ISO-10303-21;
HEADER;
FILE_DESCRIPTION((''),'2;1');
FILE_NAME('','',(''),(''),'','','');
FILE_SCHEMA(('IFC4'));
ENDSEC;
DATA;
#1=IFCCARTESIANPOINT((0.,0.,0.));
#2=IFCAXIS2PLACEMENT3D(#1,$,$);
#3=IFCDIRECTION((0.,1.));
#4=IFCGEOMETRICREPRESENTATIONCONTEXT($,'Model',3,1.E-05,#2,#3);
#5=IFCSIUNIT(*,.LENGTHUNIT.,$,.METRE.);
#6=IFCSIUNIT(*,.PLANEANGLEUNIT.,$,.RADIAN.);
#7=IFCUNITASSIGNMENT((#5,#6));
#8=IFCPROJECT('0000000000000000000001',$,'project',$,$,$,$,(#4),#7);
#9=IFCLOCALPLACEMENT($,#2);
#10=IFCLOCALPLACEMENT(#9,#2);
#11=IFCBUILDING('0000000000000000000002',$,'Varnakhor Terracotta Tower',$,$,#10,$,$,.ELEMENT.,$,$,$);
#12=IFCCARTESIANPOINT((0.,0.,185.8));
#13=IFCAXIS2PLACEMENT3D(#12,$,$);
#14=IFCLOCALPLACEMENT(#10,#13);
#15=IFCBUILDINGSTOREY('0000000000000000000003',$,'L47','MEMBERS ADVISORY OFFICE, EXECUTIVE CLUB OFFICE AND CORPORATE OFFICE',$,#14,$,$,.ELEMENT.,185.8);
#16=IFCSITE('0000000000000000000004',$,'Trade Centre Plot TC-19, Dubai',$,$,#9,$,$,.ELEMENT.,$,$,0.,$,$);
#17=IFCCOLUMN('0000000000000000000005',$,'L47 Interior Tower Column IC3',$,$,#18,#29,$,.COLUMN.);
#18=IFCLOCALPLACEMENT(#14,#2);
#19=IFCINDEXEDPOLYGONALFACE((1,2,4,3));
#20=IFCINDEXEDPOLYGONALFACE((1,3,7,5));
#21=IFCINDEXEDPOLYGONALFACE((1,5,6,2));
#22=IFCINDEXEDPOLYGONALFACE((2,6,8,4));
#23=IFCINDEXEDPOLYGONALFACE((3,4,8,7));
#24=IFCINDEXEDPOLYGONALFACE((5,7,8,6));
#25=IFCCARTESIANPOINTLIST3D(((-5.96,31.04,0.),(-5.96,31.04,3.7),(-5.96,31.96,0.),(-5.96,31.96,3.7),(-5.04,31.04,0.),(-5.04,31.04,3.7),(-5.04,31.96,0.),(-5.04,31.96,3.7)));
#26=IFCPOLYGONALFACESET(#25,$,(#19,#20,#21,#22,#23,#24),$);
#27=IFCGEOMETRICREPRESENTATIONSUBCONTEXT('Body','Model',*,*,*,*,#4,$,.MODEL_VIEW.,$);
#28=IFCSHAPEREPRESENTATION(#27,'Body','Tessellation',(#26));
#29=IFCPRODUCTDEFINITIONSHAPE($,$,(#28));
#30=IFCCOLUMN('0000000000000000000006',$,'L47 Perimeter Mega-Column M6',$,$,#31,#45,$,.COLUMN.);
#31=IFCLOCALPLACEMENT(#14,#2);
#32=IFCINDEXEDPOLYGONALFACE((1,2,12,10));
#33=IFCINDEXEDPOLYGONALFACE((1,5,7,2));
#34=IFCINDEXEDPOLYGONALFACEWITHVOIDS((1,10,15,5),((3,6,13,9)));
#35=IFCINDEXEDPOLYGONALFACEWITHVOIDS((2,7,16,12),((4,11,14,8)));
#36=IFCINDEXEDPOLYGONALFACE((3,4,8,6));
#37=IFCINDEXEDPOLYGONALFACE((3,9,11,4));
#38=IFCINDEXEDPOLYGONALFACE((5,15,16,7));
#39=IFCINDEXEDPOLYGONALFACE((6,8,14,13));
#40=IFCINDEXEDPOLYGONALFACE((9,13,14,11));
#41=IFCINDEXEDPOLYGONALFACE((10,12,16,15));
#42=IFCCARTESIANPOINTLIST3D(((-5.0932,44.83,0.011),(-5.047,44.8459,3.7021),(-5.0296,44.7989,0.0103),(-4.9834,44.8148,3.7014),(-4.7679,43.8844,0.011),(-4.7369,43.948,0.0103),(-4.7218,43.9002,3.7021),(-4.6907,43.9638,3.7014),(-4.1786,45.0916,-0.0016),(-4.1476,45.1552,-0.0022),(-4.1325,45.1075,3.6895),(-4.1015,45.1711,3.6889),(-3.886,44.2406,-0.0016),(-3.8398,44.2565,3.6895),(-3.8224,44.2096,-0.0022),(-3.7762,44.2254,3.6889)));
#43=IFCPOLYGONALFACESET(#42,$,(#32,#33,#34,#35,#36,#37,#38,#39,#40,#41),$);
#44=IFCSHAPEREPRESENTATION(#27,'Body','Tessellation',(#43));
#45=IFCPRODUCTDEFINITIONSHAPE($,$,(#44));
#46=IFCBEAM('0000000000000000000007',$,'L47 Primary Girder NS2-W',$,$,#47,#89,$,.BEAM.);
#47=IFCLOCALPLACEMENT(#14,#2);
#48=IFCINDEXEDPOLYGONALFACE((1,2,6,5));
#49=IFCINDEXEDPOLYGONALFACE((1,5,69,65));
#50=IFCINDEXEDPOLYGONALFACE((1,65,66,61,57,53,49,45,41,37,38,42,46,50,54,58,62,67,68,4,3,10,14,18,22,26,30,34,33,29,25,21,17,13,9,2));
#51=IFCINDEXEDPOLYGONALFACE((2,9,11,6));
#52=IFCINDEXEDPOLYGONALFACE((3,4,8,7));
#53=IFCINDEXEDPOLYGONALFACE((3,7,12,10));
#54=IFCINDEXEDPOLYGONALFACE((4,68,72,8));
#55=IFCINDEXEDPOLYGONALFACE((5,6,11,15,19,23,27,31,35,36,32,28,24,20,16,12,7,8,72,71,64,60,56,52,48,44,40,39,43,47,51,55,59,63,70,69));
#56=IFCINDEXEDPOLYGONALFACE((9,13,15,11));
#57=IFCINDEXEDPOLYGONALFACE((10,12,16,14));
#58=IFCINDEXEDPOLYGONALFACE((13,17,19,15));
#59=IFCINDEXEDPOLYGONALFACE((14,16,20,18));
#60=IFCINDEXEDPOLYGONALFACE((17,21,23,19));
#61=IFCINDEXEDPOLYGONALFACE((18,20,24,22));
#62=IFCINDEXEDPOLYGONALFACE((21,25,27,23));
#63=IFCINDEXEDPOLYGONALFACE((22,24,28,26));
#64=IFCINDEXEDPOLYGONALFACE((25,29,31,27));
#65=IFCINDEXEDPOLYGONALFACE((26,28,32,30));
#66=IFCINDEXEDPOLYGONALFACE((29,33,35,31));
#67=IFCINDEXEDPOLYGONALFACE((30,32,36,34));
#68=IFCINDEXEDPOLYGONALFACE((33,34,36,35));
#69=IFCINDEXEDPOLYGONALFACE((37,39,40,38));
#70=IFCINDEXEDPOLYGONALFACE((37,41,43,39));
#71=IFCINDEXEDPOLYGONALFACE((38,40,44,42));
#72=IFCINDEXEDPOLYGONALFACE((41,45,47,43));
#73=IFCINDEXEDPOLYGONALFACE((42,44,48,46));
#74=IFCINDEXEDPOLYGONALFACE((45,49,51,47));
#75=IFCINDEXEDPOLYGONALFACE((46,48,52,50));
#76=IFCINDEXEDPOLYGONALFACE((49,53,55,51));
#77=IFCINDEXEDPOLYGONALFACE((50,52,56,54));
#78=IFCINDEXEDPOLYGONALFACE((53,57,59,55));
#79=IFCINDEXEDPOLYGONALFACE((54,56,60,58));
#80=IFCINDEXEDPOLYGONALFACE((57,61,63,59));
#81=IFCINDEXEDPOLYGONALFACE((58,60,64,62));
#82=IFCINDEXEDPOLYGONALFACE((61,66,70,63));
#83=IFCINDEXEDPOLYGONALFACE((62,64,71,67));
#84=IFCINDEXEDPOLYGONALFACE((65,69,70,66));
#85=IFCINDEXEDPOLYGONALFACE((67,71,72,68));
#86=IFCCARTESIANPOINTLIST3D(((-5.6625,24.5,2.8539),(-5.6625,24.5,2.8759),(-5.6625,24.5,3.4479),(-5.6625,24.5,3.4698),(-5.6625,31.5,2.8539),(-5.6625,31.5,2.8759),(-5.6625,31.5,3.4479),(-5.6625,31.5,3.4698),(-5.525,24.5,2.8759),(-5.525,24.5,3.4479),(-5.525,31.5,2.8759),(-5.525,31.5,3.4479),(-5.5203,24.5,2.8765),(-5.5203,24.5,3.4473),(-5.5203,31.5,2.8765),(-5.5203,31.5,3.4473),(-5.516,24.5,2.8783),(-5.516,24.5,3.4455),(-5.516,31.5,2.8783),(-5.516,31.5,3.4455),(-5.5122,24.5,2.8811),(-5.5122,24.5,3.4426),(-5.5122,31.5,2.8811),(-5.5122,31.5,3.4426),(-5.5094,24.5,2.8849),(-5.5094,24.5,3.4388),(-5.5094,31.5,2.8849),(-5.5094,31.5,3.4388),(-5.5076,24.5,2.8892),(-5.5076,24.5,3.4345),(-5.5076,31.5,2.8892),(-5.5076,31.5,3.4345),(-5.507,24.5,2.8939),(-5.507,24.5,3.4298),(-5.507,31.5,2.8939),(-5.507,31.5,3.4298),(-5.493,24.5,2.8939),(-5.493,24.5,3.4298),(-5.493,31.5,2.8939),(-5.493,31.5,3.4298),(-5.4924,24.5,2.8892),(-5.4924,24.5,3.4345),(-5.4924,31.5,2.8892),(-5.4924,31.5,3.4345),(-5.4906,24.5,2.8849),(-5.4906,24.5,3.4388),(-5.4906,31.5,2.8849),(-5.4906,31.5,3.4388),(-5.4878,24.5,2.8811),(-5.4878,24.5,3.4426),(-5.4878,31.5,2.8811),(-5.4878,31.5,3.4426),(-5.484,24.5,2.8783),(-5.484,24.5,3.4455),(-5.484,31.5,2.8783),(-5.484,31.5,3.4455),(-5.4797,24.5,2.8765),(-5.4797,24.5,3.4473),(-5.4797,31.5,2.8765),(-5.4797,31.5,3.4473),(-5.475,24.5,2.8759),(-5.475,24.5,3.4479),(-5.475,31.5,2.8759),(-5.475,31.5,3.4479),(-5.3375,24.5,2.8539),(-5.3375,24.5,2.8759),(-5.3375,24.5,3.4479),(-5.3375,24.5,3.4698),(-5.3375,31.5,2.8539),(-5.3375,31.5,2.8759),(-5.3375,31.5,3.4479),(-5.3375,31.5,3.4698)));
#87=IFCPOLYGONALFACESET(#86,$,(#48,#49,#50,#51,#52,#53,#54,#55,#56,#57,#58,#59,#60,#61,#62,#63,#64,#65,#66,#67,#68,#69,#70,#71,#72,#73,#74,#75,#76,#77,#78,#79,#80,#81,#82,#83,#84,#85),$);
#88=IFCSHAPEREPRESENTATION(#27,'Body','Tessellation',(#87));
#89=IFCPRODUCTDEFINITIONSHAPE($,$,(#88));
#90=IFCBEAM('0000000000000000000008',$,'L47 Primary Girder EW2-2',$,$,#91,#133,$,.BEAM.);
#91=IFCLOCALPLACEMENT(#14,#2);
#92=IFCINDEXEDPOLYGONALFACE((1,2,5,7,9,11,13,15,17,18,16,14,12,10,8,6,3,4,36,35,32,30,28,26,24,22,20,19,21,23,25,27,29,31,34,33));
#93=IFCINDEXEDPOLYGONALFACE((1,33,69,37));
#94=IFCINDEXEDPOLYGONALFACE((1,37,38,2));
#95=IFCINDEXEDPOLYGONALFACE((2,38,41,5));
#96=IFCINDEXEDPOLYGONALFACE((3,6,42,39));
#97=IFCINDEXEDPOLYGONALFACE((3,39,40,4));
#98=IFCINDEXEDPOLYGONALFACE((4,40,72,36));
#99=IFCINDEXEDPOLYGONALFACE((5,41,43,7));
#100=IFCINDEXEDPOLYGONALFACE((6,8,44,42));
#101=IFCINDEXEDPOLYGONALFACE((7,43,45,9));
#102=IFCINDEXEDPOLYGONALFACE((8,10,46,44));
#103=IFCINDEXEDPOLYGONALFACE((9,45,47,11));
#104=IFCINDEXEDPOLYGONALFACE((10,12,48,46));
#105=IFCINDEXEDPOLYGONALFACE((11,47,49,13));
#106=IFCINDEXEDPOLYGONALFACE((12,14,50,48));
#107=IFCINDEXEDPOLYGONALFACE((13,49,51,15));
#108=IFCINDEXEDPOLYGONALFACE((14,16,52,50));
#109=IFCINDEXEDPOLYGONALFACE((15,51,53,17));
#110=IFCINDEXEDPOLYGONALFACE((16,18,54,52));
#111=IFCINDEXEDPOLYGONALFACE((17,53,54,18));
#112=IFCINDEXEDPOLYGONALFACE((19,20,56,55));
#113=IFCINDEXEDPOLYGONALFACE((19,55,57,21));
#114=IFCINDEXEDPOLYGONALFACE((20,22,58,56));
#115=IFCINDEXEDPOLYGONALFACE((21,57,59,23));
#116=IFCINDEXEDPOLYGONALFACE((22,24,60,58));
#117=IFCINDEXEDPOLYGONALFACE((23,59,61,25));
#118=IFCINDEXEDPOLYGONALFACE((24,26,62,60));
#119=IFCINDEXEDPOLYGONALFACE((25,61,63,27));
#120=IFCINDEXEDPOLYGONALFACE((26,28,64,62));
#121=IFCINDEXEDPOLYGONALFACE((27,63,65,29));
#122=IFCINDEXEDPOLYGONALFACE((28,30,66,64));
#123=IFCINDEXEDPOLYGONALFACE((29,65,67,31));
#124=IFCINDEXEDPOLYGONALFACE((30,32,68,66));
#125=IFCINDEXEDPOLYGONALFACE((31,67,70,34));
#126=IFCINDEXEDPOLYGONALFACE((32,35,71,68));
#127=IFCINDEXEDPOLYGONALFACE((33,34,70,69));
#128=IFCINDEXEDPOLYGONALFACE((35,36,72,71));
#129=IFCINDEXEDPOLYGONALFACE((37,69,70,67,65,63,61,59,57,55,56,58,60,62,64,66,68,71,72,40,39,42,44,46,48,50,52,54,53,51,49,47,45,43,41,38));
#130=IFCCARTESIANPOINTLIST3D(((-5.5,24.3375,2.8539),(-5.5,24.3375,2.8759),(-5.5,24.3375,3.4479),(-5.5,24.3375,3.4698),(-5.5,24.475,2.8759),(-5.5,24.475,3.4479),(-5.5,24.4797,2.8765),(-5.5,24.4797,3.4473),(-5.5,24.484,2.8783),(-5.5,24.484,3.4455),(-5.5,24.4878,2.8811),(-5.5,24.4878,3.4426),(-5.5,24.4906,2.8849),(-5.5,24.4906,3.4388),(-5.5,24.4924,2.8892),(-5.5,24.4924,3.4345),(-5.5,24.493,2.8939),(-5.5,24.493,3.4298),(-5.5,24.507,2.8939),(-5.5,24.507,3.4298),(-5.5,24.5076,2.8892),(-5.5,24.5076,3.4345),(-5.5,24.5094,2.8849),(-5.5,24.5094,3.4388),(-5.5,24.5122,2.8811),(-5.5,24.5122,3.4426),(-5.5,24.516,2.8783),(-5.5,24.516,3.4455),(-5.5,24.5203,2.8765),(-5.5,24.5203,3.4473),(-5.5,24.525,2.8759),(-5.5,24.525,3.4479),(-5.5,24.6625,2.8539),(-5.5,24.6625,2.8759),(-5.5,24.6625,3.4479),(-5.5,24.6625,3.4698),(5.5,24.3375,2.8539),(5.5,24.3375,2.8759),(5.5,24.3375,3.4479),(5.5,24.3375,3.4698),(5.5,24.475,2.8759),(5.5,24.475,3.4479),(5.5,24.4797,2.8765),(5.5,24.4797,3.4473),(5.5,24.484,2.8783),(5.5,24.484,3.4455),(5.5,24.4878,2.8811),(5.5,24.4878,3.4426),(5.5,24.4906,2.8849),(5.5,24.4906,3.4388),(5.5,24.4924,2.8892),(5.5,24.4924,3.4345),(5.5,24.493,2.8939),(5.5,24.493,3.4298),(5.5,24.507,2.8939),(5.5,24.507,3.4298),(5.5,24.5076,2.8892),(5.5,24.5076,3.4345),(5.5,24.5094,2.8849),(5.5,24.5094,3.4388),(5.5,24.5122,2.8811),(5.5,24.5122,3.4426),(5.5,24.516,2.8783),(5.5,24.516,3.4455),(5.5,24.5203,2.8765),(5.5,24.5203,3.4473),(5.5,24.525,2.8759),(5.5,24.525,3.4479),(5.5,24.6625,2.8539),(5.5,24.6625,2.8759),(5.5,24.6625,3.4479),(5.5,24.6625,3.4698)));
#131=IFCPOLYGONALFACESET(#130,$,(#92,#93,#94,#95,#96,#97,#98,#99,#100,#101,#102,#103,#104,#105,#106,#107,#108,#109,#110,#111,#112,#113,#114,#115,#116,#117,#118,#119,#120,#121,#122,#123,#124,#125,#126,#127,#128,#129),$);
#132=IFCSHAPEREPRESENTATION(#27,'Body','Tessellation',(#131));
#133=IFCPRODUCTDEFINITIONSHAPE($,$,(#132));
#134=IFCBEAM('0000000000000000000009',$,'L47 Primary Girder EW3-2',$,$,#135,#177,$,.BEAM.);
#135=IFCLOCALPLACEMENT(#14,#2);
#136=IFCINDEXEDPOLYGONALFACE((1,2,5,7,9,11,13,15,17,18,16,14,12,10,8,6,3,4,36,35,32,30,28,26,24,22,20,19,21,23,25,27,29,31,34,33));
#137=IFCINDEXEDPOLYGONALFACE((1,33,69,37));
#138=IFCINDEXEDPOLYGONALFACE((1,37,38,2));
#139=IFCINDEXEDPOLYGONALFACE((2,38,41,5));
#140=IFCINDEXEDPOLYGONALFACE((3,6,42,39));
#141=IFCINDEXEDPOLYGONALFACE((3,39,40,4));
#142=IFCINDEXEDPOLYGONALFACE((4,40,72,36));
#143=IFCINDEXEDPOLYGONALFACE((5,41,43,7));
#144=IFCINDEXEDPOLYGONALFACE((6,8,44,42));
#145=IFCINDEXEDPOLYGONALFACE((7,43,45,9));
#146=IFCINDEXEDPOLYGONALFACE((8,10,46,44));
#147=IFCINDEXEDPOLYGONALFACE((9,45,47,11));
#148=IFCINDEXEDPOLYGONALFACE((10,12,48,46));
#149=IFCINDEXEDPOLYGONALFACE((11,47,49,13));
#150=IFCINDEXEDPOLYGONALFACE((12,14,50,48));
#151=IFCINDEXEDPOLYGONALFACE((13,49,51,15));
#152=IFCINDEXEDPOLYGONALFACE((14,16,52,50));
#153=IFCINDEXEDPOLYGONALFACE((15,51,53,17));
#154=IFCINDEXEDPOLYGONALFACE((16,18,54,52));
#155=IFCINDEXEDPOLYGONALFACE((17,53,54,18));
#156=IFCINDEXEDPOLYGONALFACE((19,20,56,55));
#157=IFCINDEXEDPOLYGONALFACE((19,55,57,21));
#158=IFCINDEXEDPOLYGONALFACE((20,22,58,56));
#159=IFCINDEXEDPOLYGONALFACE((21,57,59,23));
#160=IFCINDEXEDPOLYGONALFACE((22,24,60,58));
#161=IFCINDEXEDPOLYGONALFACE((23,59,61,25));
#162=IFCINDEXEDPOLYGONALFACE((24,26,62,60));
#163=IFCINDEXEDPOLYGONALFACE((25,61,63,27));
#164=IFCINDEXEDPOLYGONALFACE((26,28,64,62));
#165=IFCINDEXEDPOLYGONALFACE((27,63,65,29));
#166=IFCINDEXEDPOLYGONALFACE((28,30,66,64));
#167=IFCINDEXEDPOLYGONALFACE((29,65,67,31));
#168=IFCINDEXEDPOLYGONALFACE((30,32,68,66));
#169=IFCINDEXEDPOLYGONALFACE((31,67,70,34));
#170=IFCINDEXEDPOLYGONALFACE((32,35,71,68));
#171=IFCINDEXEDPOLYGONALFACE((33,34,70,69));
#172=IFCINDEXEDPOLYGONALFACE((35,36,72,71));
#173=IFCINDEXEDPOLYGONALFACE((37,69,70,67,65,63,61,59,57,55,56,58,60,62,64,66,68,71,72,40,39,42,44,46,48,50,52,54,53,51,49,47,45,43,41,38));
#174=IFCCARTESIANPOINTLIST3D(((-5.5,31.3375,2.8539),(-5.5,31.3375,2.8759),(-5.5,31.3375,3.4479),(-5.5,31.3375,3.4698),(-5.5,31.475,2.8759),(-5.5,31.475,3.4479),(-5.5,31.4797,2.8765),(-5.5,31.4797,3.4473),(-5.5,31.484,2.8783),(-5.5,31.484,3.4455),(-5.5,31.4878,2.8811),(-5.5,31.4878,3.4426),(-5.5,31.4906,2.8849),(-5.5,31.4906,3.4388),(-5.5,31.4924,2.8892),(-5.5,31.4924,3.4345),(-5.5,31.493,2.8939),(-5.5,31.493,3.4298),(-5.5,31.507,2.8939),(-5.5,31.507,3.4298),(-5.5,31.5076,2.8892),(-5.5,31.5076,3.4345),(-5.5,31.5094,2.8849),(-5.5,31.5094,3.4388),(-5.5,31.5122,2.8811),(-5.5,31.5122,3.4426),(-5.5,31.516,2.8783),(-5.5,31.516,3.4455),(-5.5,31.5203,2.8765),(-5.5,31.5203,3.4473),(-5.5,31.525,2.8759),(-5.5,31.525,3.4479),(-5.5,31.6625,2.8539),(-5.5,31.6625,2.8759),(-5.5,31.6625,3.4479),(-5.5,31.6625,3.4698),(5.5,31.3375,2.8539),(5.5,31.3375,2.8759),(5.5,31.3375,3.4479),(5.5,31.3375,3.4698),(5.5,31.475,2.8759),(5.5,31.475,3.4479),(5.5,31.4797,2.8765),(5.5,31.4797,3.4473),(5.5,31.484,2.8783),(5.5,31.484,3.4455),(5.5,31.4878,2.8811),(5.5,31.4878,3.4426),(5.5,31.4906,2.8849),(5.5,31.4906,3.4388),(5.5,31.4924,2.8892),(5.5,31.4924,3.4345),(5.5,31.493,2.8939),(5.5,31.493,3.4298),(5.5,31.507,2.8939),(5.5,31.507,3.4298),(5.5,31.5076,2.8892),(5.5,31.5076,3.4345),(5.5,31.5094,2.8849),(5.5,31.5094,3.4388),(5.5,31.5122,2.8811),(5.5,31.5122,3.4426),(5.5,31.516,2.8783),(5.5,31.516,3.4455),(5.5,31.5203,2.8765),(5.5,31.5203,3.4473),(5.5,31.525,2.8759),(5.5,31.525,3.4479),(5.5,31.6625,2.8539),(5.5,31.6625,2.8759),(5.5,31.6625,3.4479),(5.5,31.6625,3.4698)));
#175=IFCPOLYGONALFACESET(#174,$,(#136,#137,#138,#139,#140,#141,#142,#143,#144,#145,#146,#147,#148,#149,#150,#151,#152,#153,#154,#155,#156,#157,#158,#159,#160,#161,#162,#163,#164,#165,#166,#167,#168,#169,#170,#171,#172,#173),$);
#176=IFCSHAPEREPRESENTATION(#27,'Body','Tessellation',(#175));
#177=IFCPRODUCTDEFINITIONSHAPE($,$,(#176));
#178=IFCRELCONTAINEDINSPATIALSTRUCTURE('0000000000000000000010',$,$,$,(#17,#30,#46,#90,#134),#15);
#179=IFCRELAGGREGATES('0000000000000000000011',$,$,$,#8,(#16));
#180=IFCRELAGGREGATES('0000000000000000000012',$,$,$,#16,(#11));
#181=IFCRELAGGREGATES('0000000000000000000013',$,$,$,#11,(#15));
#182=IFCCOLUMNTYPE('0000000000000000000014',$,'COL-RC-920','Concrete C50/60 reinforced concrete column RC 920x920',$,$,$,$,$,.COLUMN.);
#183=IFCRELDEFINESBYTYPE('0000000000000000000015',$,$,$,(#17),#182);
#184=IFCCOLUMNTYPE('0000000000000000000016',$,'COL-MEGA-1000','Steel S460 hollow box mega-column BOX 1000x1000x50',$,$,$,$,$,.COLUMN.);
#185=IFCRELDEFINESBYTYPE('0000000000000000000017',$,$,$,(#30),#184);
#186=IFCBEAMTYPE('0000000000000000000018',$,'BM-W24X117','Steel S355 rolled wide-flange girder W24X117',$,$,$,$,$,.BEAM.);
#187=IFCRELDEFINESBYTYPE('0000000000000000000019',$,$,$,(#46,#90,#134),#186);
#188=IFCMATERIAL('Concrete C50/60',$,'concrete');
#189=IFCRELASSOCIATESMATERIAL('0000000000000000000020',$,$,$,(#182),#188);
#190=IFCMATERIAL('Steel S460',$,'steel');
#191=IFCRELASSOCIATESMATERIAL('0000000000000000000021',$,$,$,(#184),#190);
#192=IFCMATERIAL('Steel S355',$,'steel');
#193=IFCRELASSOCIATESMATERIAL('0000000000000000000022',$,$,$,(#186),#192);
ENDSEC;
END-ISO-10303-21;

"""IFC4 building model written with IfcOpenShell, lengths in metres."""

from ifc_helpers import new_model, si_unit, direction, frame, origin, origin_2d, place, context, subcontext, project, spatial, rectangle, hollow_rectangle, i_section, extrude, source, transform, mapped, material, material_profile, profile_set, type_object, type_shapes, element, save


model = new_model("IFC4")

# Units and contexts
model_context = context("Model", 3, precision=1e-05, world=origin(), true_north=direction((0.0, 1.0)))
body_context = subcontext(model_context, "Body", "Model", "MODEL_VIEW")
ifc_project = project(units=[si_unit("LENGTHUNIT", "METRE"), si_unit("PLANEANGLEUNIT", "RADIAN")], contexts=[model_context])

# Site, building, storey
site_placement = place(None, origin())
site = spatial("IfcSite", under=ifc_project, at=site_placement, Name="Trade Centre Plot TC-19, Dubai", CompositionType="ELEMENT", RefElevation=0.0)
building_placement = place(site_placement, origin())
building = spatial("IfcBuilding", under=site, at=building_placement, Name="Varnakhor Terracotta Tower", CompositionType="ELEMENT")
storey_placement = place(building_placement, frame((0.0, 0.0, 185.8)))
storey = spatial("IfcBuildingStorey", under=building, at=storey_placement, Name="L47", Description="MEMBERS ADVISORY OFFICE, EXECUTIVE CLUB OFFICE AND CORPORATE OFFICE", CompositionType="ELEMENT", Elevation=185.8)

# Columns
ifc_material_1 = material(Name="Concrete C50/60", Category="concrete")
ifc_material_profile_1 = material_profile(ifc_material_1, rectangle(XDim=0.9199, YDim=0.9199, at=origin_2d()), Name="RC 920x920")
ifc_profile_set_1 = profile_set([ifc_material_profile_1], Name="Concrete C50/60")
column_type_1 = type_object("IfcColumnType", Name="COL-RC-920", Description="Concrete C50/60 reinforced concrete column RC 920x920", PredefinedType="COLUMN", material=ifc_profile_set_1)
shared_shape_1 = source(origin(), body_context, "Body", "SweptSolid", [
    extrude(rectangle(XDim=0.9199, YDim=0.9199, at=origin_2d()), origin(), (0.0, 0.0, 1.0), 3.7),
])
column_1_placement = place(storey_placement, frame((-5.5, 31.5, 0.0), z_axis=(0.0, 0.0, 1.0), x_axis=(1.0, 0.0, 0.0)))
element("IfcColumn", 1, at=column_1_placement, inside=storey, type_object=column_type_1, Name="L47 Interior Tower Column IC3", PredefinedType="COLUMN", context=body_context, shape_type="MappedRepresentation", body=[
    mapped(shared_shape_1, transform((0.0, 0.0, 0.0), scale=1.0)),
])
ifc_material_2 = material(Name="Steel S460", Category="steel")
ifc_material_profile_2 = material_profile(ifc_material_2, hollow_rectangle(XDim=1.0, YDim=1.0, WallThickness=0.05, at=origin_2d()), Name="BOX 1000x1000x50")
ifc_profile_set_2 = profile_set([ifc_material_profile_2], Name="Steel S460")
column_type_2 = type_object("IfcColumnType", Name="COL-MEGA-1000", Description="Steel S460 hollow box mega-column BOX 1000x1000x50", PredefinedType="COLUMN", material=ifc_profile_set_2)
shared_shape_2 = source(origin(), body_context, "Body", "SweptSolid", [
    extrude(hollow_rectangle(XDim=1.0, YDim=1.0, WallThickness=0.05, at=origin_2d()), origin(), (0.0, 0.0, 1.0), 3.6914),
])
type_shapes(column_type_2, [shared_shape_2])
column_2_placement = place(storey_placement, frame((-4.4578, 44.5198, 0.0044), z_axis=(0.0125, 0.004299, 0.999913), x_axis=(-0.32522, 0.945639, 0.0)))
element("IfcColumn", 2, at=column_2_placement, inside=storey, type_object=column_type_2, Name="L47 Perimeter Mega-Column M6", PredefinedType="COLUMN", context=body_context, shape_type="MappedRepresentation", body=[
    mapped(shared_shape_2, transform((0.0, 0.0, 0.0), scale=1.0)),
])

# Beams
ifc_material_3 = material(Name="Steel S355", Category="steel")
ifc_material_profile_3 = material_profile(ifc_material_3, i_section(OverallWidth=0.325, OverallDepth=0.616, WebThickness=0.0139, FlangeThickness=0.022, FilletRadius=0.0181, at=origin_2d()), Name="W24X117")
ifc_profile_set_3 = profile_set([ifc_material_profile_3], Name="Steel S355")
beam_type_1 = type_object("IfcBeamType", Name="BM-W24X117", Description="Steel S355 rolled wide-flange girder W24X117", PredefinedType="BEAM", material=ifc_profile_set_3)
shared_shape_3 = source(origin(), body_context, "Body", "SweptSolid", [
    extrude(i_section(OverallWidth=0.325, OverallDepth=0.616, WebThickness=0.0139, FlangeThickness=0.022, FilletRadius=0.0181, at=origin_2d()), origin(), (0.0, 0.0, 1.0), 7.0),
])
beam_1_placement = place(storey_placement, frame((-5.5, 24.5, 3.1619), z_axis=(0.0, 1.0, 0.0), x_axis=(-1.0, 0.0, 0.0)))
element("IfcBeam", 3, at=beam_1_placement, inside=storey, type_object=beam_type_1, Name="L47 Primary Girder NS2-W", PredefinedType="BEAM", context=body_context, shape_type="MappedRepresentation", body=[
    mapped(shared_shape_3, transform((0.0, 0.0, 0.0), scale=1.0)),
])
shared_shape_4 = source(origin(), body_context, "Body", "SweptSolid", [
    extrude(i_section(OverallWidth=0.325, OverallDepth=0.616, WebThickness=0.0139, FlangeThickness=0.022, FilletRadius=0.0181, at=origin_2d()), origin(), (0.0, 0.0, 1.0), 11.0),
])
for number, where, z_axis, x_axis, name in (
    (4, (-5.5, 24.5, 3.1619), (1.0, 0.0, 0.0), (0.0, 1.0, 0.0), "L47 Primary Girder EW2-2"),
    (5, (-5.5, 31.5, 3.1619), (1.0, 0.0, 0.0), (0.0, 1.0, 0.0), "L47 Primary Girder EW3-2"),
):
    element("IfcBeam", number, at=place(storey_placement, frame(where, z_axis=z_axis, x_axis=x_axis)), inside=storey, type_object=beam_type_1, Name=name, PredefinedType="BEAM", context=body_context, shape_type="MappedRepresentation", body=[
        mapped(shared_shape_4, transform((0.0, 0.0, 0.0), scale=1.0)),
    ])

save(model, "model.ifc")
